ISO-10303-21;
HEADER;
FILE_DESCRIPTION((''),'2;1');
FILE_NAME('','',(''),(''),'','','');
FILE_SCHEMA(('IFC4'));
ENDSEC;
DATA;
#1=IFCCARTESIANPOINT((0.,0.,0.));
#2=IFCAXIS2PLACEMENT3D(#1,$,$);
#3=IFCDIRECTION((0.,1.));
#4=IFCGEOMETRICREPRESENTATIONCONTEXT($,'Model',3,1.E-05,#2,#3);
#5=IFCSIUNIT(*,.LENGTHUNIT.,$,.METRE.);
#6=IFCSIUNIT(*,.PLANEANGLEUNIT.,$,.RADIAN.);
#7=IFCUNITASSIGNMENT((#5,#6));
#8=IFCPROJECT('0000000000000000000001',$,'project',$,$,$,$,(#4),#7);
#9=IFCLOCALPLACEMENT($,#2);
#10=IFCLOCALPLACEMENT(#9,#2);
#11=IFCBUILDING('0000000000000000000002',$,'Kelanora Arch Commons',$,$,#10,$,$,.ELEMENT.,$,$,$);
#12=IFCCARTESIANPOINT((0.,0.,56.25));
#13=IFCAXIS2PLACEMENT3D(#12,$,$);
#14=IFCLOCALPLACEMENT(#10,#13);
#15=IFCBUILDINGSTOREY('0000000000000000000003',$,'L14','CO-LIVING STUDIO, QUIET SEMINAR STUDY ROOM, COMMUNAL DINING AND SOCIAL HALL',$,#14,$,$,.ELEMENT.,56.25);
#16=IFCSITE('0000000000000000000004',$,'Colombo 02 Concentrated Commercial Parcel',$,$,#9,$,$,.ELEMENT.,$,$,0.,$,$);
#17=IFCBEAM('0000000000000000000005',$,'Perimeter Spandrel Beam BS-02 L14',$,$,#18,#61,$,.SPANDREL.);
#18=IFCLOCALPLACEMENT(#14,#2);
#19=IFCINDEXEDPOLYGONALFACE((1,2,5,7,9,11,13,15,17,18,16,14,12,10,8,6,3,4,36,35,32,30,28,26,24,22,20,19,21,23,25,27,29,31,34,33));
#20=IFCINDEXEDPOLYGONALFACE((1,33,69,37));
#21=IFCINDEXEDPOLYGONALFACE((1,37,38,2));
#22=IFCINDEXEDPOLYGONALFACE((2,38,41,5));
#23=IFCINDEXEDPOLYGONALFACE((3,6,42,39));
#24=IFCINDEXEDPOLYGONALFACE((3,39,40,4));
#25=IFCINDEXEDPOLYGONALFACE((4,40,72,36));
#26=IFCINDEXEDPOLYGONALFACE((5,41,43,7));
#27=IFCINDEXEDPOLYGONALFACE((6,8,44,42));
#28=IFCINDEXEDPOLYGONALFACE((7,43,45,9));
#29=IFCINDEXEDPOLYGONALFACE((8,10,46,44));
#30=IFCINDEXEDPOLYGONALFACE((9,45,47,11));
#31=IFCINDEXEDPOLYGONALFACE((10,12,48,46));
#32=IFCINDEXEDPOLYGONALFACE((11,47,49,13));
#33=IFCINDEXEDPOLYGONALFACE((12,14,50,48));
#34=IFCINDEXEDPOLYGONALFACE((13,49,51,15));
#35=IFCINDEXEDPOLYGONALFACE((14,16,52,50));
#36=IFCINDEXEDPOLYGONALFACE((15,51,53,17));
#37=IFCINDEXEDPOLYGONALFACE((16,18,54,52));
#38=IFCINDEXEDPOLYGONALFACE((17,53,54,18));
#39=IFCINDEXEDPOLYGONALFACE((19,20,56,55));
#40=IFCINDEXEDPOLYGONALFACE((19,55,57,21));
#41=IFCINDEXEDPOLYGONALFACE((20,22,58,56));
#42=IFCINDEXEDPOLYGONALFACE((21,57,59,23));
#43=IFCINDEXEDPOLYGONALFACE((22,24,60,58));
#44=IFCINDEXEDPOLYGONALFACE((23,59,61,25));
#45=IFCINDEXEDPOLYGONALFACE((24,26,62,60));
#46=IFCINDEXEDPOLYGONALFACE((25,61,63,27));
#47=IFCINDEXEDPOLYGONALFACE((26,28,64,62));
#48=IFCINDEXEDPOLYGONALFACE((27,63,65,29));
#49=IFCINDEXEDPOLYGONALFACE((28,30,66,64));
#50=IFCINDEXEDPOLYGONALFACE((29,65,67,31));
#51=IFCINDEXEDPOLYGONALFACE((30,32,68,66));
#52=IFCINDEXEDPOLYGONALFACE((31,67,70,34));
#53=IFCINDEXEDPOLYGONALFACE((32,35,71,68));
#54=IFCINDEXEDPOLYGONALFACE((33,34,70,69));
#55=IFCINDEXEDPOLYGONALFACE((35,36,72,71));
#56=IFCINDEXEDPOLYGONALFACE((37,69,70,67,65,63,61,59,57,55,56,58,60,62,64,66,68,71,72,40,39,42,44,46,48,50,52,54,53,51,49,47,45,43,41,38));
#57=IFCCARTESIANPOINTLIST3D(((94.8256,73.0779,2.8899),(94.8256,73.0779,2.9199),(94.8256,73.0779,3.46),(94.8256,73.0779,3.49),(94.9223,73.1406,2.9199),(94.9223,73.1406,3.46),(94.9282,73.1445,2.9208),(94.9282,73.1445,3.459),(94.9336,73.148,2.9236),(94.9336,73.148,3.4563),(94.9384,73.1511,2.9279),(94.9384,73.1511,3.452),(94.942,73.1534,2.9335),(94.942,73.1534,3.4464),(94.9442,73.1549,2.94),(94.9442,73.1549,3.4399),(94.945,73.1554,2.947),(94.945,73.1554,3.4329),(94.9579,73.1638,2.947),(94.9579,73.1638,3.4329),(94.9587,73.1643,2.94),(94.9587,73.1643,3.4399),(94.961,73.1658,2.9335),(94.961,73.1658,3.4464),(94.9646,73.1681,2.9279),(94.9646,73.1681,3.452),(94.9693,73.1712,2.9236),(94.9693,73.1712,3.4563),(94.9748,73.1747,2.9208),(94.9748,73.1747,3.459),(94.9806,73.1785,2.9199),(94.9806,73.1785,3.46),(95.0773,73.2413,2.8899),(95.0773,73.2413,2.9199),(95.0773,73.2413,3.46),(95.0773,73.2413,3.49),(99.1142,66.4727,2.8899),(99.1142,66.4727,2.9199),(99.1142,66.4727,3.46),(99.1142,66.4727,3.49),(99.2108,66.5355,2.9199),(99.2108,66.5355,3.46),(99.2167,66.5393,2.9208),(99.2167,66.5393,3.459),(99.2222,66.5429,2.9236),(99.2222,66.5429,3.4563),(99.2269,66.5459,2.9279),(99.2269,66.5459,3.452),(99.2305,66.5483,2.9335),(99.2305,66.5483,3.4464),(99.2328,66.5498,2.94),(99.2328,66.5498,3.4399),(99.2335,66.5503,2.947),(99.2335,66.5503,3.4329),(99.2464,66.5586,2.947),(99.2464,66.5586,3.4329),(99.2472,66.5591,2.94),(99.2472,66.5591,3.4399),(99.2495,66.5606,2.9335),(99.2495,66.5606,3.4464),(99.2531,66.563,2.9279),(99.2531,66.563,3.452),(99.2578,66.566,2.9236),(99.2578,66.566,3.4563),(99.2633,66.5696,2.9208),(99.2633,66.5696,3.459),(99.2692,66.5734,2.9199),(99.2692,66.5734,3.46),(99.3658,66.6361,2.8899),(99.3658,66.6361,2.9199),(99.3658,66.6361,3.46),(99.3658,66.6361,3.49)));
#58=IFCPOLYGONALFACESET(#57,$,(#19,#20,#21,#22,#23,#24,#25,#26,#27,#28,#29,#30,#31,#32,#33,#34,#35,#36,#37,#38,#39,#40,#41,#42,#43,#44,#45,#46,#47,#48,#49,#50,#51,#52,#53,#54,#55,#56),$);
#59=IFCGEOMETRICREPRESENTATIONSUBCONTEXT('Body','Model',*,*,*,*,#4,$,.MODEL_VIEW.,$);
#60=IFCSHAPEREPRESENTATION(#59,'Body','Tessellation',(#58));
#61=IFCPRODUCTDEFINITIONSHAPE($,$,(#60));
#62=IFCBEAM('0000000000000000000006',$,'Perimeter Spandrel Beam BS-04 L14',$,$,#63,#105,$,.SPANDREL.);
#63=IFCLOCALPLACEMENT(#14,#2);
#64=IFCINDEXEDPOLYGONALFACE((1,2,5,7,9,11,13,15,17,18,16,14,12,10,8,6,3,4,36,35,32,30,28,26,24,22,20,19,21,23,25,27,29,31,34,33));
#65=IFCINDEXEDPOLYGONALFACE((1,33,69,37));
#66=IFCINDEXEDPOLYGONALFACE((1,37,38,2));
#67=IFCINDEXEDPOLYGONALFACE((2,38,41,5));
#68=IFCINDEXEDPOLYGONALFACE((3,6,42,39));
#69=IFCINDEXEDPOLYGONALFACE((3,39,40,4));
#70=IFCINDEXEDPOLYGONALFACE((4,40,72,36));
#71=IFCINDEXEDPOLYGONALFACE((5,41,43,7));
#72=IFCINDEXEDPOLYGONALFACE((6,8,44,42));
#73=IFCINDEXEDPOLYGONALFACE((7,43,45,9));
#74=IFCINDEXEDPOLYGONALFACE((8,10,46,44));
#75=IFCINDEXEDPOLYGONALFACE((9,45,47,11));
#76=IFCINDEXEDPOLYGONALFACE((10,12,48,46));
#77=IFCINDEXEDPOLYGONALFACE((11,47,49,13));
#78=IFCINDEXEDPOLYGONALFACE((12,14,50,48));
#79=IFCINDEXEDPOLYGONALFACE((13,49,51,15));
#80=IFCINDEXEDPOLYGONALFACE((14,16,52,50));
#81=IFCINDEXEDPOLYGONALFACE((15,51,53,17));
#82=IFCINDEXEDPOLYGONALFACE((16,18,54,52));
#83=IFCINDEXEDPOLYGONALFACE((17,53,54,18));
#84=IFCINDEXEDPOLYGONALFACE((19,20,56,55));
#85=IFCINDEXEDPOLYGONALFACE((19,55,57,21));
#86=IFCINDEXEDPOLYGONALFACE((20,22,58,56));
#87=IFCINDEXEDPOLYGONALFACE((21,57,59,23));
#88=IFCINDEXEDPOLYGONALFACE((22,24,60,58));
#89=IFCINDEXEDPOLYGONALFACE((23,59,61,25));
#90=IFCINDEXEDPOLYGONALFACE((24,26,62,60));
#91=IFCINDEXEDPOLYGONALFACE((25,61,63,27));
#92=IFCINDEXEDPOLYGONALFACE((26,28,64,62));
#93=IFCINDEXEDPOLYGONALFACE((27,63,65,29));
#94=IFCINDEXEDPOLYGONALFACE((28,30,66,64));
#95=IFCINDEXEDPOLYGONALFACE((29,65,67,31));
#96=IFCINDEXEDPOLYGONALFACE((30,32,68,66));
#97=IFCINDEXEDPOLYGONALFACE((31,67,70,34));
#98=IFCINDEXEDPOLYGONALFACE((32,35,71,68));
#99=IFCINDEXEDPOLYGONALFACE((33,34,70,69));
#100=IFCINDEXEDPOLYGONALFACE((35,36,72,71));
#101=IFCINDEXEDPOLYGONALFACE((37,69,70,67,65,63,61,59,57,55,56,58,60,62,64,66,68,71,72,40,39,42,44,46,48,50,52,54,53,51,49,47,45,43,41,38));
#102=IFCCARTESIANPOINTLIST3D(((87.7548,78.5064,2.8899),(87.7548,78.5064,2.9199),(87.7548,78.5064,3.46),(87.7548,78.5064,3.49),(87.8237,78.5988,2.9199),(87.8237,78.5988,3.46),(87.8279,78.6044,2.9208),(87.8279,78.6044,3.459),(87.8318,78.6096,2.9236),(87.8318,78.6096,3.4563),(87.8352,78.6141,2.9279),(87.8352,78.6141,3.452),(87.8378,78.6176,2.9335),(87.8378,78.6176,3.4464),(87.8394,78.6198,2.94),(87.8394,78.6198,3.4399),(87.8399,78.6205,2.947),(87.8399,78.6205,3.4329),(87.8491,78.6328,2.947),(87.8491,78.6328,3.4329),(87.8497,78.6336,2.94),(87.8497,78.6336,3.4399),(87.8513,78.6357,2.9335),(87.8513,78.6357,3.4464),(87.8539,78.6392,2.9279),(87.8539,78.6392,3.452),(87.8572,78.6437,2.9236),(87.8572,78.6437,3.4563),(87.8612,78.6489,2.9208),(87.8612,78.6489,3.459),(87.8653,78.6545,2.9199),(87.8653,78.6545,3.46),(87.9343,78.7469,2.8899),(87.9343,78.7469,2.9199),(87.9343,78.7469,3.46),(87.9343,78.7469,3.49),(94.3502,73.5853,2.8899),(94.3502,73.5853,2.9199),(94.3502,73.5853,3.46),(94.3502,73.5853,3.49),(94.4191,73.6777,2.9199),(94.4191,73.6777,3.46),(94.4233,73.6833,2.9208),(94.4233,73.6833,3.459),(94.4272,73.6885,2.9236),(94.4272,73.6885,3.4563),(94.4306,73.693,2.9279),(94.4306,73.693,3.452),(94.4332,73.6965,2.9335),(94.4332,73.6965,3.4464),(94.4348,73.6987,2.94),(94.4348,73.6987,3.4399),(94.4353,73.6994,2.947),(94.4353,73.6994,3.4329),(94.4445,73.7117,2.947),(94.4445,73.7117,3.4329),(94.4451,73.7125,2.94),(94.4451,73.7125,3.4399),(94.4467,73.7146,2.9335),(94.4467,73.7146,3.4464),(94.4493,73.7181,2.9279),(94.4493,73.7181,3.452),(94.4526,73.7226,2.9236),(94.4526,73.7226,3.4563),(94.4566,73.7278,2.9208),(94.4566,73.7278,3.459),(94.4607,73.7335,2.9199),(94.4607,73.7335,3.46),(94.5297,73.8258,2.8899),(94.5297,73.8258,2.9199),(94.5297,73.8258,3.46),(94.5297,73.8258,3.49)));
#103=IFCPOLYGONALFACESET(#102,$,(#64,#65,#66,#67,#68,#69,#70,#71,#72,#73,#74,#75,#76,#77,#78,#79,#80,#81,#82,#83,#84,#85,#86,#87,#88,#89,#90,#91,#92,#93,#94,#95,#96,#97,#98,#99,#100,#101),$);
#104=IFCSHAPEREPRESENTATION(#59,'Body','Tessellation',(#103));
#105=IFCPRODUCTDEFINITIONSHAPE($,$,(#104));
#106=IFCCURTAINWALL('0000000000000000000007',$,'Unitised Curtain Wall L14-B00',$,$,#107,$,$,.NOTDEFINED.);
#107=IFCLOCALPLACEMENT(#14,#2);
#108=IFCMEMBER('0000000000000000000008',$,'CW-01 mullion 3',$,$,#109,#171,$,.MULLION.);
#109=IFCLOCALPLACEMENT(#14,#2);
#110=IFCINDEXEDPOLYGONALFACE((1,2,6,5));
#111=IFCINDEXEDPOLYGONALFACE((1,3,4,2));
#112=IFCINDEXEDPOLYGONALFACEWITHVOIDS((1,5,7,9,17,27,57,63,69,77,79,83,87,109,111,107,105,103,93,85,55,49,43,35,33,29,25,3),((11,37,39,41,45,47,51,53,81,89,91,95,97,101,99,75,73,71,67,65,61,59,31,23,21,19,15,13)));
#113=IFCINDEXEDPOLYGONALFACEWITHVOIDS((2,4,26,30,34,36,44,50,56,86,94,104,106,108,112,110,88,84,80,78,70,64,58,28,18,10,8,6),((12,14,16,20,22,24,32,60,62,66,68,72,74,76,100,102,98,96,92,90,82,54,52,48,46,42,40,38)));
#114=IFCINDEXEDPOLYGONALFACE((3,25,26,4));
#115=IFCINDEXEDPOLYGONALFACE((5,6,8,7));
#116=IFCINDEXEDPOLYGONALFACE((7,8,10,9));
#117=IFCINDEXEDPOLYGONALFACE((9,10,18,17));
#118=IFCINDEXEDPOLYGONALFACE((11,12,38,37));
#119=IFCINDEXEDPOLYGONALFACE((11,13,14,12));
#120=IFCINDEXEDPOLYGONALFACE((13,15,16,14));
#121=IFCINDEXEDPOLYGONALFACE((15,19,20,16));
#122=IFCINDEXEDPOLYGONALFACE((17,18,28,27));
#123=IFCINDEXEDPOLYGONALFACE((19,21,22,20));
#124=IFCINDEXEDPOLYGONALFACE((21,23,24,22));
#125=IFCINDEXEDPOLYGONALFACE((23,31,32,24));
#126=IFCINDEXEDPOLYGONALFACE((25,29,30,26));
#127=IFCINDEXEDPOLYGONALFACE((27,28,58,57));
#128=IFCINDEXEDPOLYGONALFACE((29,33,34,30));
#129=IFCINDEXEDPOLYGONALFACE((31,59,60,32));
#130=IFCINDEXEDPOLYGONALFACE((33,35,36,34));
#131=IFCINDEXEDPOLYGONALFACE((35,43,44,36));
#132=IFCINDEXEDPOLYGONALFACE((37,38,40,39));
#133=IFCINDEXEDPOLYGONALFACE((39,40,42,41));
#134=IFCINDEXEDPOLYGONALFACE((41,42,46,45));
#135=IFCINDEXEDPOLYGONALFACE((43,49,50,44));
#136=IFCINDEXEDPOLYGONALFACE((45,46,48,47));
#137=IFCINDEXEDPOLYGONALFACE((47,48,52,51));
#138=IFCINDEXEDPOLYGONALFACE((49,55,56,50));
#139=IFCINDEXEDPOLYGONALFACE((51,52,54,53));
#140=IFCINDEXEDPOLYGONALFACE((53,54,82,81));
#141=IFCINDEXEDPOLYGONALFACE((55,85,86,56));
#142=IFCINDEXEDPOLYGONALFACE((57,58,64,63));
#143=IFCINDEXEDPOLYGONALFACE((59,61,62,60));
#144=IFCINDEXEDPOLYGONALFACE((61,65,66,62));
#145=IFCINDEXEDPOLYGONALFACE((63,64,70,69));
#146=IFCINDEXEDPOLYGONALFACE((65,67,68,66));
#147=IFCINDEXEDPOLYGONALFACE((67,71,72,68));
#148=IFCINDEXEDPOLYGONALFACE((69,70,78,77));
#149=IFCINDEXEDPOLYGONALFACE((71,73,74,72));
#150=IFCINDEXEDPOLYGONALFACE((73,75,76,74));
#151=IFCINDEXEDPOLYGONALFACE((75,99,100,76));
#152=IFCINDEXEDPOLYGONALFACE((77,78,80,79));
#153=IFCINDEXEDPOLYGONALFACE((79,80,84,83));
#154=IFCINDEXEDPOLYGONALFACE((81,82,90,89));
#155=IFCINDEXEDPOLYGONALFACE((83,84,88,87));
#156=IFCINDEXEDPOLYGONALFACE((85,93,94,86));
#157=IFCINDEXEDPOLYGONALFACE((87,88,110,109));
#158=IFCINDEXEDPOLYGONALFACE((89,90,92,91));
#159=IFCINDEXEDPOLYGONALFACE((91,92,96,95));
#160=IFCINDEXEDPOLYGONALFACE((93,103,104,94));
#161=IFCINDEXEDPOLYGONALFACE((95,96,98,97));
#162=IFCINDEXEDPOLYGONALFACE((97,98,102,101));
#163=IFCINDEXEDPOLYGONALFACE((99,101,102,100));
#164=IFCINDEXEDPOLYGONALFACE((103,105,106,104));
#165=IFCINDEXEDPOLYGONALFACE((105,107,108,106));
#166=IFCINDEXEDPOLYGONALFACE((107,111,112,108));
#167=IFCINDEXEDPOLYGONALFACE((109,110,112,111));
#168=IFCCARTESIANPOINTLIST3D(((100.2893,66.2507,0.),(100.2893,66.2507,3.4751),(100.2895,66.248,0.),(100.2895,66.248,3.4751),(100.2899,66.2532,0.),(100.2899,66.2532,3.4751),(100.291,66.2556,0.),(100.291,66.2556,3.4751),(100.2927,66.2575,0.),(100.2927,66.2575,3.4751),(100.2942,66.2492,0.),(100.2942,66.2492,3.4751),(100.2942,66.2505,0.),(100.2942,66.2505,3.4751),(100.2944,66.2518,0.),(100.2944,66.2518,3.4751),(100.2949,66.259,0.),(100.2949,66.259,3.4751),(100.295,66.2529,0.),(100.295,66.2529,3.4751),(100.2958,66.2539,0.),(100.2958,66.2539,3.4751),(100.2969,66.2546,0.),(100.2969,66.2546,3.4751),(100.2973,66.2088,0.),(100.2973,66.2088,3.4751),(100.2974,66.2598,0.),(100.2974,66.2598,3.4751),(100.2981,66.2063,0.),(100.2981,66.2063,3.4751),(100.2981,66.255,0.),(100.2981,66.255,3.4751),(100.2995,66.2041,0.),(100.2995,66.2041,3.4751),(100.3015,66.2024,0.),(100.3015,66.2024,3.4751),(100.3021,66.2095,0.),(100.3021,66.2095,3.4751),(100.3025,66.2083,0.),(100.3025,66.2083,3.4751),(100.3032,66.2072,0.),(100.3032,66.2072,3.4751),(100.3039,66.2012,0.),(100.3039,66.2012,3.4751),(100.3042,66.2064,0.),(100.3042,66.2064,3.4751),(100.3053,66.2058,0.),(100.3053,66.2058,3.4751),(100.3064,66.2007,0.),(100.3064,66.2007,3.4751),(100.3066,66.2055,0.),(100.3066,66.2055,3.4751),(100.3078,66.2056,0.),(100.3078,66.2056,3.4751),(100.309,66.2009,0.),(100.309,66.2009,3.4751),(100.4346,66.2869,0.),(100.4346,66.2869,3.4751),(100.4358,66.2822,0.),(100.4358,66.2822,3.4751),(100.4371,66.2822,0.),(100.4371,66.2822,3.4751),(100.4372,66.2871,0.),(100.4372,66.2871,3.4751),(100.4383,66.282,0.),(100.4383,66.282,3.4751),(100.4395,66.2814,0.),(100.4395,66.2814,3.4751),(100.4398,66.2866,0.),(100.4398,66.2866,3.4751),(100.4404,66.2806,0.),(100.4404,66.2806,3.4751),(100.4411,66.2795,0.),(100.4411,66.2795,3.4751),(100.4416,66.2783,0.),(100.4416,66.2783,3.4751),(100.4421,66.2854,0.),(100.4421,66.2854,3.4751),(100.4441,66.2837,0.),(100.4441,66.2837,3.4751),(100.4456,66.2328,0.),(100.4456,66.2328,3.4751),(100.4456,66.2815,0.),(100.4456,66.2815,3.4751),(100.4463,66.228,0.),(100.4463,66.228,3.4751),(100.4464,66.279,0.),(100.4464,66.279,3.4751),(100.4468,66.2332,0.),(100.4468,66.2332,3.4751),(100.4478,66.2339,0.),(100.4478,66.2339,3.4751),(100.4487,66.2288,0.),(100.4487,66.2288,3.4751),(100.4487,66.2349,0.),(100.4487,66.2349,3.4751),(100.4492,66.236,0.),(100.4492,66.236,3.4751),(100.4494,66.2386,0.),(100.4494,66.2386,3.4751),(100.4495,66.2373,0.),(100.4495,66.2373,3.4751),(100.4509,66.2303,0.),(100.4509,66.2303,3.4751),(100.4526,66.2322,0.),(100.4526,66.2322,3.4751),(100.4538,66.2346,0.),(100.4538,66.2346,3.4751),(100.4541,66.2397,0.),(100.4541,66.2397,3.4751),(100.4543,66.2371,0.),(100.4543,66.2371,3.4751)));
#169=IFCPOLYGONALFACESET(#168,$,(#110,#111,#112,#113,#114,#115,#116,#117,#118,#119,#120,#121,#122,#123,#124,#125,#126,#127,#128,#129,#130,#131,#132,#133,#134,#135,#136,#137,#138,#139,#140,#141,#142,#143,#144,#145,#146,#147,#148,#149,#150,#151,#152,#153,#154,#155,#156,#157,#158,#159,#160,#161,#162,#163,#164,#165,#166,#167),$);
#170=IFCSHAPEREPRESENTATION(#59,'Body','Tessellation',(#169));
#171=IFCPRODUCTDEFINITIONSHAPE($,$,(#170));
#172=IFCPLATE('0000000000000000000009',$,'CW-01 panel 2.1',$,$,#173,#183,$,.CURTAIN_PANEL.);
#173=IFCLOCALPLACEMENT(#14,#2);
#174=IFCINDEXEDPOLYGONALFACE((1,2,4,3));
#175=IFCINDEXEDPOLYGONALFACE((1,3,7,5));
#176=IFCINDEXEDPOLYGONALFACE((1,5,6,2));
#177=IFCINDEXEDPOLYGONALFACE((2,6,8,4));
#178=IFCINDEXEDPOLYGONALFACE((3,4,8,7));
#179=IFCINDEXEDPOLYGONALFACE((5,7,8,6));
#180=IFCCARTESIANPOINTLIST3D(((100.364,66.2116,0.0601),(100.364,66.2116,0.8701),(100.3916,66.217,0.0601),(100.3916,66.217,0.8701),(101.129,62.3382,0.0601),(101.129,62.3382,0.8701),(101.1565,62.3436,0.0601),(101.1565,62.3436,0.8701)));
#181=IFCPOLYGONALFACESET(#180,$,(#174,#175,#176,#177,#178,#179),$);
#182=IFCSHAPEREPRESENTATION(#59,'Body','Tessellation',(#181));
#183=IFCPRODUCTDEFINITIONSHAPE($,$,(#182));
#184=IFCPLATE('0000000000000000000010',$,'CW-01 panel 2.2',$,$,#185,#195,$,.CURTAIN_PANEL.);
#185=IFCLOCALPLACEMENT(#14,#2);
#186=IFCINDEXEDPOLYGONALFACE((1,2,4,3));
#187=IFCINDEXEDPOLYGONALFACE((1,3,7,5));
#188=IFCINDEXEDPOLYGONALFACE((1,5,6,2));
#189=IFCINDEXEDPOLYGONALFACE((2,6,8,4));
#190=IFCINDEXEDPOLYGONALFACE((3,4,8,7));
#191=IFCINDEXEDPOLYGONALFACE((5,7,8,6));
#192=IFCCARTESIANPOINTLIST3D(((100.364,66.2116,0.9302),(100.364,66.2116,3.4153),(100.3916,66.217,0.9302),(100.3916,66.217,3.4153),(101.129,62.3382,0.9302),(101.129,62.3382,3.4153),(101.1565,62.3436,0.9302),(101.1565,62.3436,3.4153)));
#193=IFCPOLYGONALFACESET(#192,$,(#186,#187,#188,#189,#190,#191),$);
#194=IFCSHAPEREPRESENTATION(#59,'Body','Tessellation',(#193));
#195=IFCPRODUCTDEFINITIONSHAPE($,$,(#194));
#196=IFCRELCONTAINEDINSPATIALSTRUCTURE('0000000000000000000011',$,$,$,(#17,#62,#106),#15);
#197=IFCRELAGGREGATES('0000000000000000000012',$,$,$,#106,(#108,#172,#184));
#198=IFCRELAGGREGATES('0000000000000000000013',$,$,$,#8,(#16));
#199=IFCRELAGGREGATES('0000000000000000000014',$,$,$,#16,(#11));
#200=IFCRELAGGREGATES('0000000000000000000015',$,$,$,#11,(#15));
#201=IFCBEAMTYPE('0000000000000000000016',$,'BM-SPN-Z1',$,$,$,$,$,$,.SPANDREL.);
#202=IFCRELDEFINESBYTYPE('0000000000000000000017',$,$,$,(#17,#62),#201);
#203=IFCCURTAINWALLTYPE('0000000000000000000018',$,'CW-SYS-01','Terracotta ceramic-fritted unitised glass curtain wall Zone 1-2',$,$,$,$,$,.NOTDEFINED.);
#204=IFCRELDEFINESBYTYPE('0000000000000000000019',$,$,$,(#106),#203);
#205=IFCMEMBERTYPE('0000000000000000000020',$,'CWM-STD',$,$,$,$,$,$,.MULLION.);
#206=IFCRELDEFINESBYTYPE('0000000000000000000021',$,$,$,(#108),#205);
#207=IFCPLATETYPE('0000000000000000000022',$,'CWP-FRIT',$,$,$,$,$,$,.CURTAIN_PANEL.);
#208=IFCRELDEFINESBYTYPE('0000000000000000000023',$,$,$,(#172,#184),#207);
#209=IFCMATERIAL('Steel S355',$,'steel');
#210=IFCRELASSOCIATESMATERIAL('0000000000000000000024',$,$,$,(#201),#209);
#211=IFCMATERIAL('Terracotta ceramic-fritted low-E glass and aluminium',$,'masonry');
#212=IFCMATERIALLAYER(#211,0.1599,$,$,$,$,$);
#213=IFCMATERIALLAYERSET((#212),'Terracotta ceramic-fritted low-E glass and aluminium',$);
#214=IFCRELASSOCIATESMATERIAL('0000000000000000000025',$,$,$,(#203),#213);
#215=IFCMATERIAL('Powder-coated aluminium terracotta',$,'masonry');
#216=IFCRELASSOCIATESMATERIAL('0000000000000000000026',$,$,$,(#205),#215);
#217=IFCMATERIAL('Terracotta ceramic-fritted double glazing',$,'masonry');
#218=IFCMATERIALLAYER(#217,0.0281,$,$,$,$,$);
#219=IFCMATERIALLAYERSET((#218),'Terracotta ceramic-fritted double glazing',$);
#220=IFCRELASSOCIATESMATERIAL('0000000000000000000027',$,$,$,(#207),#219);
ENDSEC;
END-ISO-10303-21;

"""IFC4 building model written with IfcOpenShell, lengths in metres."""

from ifc_helpers import new_model, si_unit, direction, frame, origin, origin_2d, place, context, subcontext, project, spatial, rectangle, hollow_rectangle, i_section, extrude, source, transform, mapped, material, layer, layer_set, material_profile, profile_set, type_object, element, aggregate, save


model = new_model("IFC4")

# Units and contexts
model_context = context("Model", 3, precision=1e-05, world=origin(), true_north=direction((0.0, 1.0)))
body_context = subcontext(model_context, "Body", "Model", "MODEL_VIEW")
ifc_project = project(units=[si_unit("LENGTHUNIT", "METRE"), si_unit("PLANEANGLEUNIT", "RADIAN")], contexts=[model_context])

# Site, building, storey
site_placement = place(None, origin())
site = spatial("IfcSite", under=ifc_project, at=site_placement, Name="Colombo 02 Concentrated Commercial Parcel", CompositionType="ELEMENT", RefElevation=0.0)
building_placement = place(site_placement, origin())
building = spatial("IfcBuilding", under=site, at=building_placement, Name="Kelanora Arch Commons", CompositionType="ELEMENT")
storey_placement = place(building_placement, frame((0.0, 0.0, 56.25)))
storey = spatial("IfcBuildingStorey", under=building, at=storey_placement, Name="L14", Description="CO-LIVING STUDIO, QUIET SEMINAR STUDY ROOM, COMMUNAL DINING AND SOCIAL HALL", CompositionType="ELEMENT", Elevation=56.25)

# Beams
ifc_material_1 = material(Name="Steel S355", Category="steel")
ifc_material_profile_1 = material_profile(ifc_material_1, i_section(OverallWidth=0.3, OverallDepth=0.6001, WebThickness=0.0154, FlangeThickness=0.03, FilletRadius=0.0271, at=origin_2d()), Name="HEB600")
ifc_profile_set_1 = profile_set([ifc_material_profile_1], Name="Steel S355")
beam_type_1 = type_object("IfcBeamType", Name="BM-SPN-Z1", PredefinedType="SPANDREL", material=ifc_profile_set_1)
beam_1_placement = place(storey_placement, frame((99.24, 66.5544, 3.1899), z_axis=(-0.544558, 0.838723, 0.0), x_axis=(-0.838723, -0.544558, 0.0)))
element("IfcBeam", 1, at=beam_1_placement, inside=storey, type_object=beam_type_1, Name="Perimeter Spandrel Beam BS-02 L14", PredefinedType="SPANDREL", context=body_context, shape_type="SweptSolid", body=[
    extrude(i_section(OverallWidth=0.3, OverallDepth=0.6001, WebThickness=0.0154, FlangeThickness=0.03, FilletRadius=0.0271, at=origin_2d()), origin(), (0.0, 0.0, 1.0), 7.8752),
])
beam_2_placement = place(storey_placement, frame((94.4399, 73.7056, 3.1899), z_axis=(-0.801482, 0.598019, 0.0), x_axis=(-0.598019, -0.801482, 0.0)))
element("IfcBeam", 2, at=beam_2_placement, inside=storey, type_object=beam_type_1, Name="Perimeter Spandrel Beam BS-04 L14", PredefinedType="SPANDREL", context=body_context, shape_type="SweptSolid", body=[
    extrude(i_section(OverallWidth=0.3, OverallDepth=0.6001, WebThickness=0.0154, FlangeThickness=0.03, FilletRadius=0.0271, at=origin_2d()), origin(), (0.0, 0.0, 1.0), 8.229),
])

# Curtain wall, member, plates
ifc_material_2 = material(Name="Terracotta ceramic-fritted low-E glass and aluminium", Category="masonry")
ifc_layer_1 = layer(ifc_material_2, 0.1599)
ifc_layer_set_1 = layer_set([ifc_layer_1], Name="Terracotta ceramic-fritted low-E glass and aluminium")
curtain_wall_type = type_object("IfcCurtainWallType", Name="CW-SYS-01", Description="Terracotta ceramic-fritted unitised glass curtain wall Zone 1-2", PredefinedType="NOTDEFINED", material=ifc_layer_set_1)
curtain_wall_placement = place(storey_placement, origin())
curtain_wall = element("IfcCurtainWall", 3, at=curtain_wall_placement, inside=storey, type_object=curtain_wall_type, Name="Unitised Curtain Wall L14-B00", PredefinedType="NOTDEFINED")
ifc_material_3 = material(Name="Powder-coated aluminium terracotta", Category="masonry")
ifc_material_profile_2 = material_profile(ifc_material_3, hollow_rectangle(XDim=0.1599, YDim=0.0601, WallThickness=0.0049, InnerFilletRadius=0.0049, OuterFilletRadius=0.01, at=origin_2d()), Name="CWM160x60")
ifc_profile_set_2 = profile_set([ifc_material_profile_2], Name="Powder-coated aluminium terracotta")
member_type = type_object("IfcMemberType", Name="CWM-STD", PredefinedType="MULLION", material=ifc_profile_set_2)
member_placement = place(storey_placement, frame((100.3718, 66.2439, 0.0), z_axis=(0.0, 0.0, 1.0), x_axis=(-0.981052, -0.193744, 0.0)))
member = element("IfcMember", 4, at=member_placement, type_object=member_type, Name="CW-01 mullion 3", PredefinedType="MULLION", context=body_context, shape_type="SweptSolid", body=[
    extrude(hollow_rectangle(XDim=0.1599, YDim=0.0601, WallThickness=0.0049, InnerFilletRadius=0.0049, OuterFilletRadius=0.01, at=origin_2d()), origin(), (0.0, 0.0, 1.0), 3.4751),
])
ifc_material_4 = material(Name="Terracotta ceramic-fritted double glazing", Category="masonry")
ifc_layer_2 = layer(ifc_material_4, 0.0281)
ifc_layer_set_2 = layer_set([ifc_layer_2], Name="Terracotta ceramic-fritted double glazing")
plate_type = type_object("IfcPlateType", Name="CWP-FRIT", PredefinedType="CURTAIN_PANEL", material=ifc_layer_set_2)
shared_shape_1 = source(origin(), body_context, "Body", "SweptSolid", [
    extrude(rectangle(XDim=3.9482, YDim=0.0281, at=origin_2d()), origin(), (0.0, 0.0, 1.0), 0.8101),
])
plate_1_placement = place(storey_placement, frame((100.7603, 64.2776, 0.0601), z_axis=(0.0, 0.0, 1.0), x_axis=(-0.193744, 0.981052, 0.0)))
plate_1 = element("IfcPlate", 5, at=plate_1_placement, type_object=plate_type, Name="CW-01 panel 2.1", PredefinedType="CURTAIN_PANEL", context=body_context, shape_type="MappedRepresentation", body=[
    mapped(shared_shape_1, transform((0.0, 0.0, 0.0), scale=1.0)),
])
shared_shape_2 = source(origin(), body_context, "Body", "SweptSolid", [
    extrude(rectangle(XDim=3.9482, YDim=0.0281, at=origin_2d()), origin(), (0.0, 0.0, 1.0), 2.4851),
])
plate_2_placement = place(storey_placement, frame((100.7603, 64.2776, 0.9302), z_axis=(0.0, 0.0, 1.0), x_axis=(-0.193744, 0.981052, 0.0)))
plate_2 = element("IfcPlate", 6, at=plate_2_placement, type_object=plate_type, Name="CW-01 panel 2.2", PredefinedType="CURTAIN_PANEL", context=body_context, shape_type="MappedRepresentation", body=[
    mapped(shared_shape_2, transform((0.0, 0.0, 0.0), scale=1.0)),
])
aggregate(curtain_wall, [member, plate_1, plate_2])

save(model, "model.ifc")
